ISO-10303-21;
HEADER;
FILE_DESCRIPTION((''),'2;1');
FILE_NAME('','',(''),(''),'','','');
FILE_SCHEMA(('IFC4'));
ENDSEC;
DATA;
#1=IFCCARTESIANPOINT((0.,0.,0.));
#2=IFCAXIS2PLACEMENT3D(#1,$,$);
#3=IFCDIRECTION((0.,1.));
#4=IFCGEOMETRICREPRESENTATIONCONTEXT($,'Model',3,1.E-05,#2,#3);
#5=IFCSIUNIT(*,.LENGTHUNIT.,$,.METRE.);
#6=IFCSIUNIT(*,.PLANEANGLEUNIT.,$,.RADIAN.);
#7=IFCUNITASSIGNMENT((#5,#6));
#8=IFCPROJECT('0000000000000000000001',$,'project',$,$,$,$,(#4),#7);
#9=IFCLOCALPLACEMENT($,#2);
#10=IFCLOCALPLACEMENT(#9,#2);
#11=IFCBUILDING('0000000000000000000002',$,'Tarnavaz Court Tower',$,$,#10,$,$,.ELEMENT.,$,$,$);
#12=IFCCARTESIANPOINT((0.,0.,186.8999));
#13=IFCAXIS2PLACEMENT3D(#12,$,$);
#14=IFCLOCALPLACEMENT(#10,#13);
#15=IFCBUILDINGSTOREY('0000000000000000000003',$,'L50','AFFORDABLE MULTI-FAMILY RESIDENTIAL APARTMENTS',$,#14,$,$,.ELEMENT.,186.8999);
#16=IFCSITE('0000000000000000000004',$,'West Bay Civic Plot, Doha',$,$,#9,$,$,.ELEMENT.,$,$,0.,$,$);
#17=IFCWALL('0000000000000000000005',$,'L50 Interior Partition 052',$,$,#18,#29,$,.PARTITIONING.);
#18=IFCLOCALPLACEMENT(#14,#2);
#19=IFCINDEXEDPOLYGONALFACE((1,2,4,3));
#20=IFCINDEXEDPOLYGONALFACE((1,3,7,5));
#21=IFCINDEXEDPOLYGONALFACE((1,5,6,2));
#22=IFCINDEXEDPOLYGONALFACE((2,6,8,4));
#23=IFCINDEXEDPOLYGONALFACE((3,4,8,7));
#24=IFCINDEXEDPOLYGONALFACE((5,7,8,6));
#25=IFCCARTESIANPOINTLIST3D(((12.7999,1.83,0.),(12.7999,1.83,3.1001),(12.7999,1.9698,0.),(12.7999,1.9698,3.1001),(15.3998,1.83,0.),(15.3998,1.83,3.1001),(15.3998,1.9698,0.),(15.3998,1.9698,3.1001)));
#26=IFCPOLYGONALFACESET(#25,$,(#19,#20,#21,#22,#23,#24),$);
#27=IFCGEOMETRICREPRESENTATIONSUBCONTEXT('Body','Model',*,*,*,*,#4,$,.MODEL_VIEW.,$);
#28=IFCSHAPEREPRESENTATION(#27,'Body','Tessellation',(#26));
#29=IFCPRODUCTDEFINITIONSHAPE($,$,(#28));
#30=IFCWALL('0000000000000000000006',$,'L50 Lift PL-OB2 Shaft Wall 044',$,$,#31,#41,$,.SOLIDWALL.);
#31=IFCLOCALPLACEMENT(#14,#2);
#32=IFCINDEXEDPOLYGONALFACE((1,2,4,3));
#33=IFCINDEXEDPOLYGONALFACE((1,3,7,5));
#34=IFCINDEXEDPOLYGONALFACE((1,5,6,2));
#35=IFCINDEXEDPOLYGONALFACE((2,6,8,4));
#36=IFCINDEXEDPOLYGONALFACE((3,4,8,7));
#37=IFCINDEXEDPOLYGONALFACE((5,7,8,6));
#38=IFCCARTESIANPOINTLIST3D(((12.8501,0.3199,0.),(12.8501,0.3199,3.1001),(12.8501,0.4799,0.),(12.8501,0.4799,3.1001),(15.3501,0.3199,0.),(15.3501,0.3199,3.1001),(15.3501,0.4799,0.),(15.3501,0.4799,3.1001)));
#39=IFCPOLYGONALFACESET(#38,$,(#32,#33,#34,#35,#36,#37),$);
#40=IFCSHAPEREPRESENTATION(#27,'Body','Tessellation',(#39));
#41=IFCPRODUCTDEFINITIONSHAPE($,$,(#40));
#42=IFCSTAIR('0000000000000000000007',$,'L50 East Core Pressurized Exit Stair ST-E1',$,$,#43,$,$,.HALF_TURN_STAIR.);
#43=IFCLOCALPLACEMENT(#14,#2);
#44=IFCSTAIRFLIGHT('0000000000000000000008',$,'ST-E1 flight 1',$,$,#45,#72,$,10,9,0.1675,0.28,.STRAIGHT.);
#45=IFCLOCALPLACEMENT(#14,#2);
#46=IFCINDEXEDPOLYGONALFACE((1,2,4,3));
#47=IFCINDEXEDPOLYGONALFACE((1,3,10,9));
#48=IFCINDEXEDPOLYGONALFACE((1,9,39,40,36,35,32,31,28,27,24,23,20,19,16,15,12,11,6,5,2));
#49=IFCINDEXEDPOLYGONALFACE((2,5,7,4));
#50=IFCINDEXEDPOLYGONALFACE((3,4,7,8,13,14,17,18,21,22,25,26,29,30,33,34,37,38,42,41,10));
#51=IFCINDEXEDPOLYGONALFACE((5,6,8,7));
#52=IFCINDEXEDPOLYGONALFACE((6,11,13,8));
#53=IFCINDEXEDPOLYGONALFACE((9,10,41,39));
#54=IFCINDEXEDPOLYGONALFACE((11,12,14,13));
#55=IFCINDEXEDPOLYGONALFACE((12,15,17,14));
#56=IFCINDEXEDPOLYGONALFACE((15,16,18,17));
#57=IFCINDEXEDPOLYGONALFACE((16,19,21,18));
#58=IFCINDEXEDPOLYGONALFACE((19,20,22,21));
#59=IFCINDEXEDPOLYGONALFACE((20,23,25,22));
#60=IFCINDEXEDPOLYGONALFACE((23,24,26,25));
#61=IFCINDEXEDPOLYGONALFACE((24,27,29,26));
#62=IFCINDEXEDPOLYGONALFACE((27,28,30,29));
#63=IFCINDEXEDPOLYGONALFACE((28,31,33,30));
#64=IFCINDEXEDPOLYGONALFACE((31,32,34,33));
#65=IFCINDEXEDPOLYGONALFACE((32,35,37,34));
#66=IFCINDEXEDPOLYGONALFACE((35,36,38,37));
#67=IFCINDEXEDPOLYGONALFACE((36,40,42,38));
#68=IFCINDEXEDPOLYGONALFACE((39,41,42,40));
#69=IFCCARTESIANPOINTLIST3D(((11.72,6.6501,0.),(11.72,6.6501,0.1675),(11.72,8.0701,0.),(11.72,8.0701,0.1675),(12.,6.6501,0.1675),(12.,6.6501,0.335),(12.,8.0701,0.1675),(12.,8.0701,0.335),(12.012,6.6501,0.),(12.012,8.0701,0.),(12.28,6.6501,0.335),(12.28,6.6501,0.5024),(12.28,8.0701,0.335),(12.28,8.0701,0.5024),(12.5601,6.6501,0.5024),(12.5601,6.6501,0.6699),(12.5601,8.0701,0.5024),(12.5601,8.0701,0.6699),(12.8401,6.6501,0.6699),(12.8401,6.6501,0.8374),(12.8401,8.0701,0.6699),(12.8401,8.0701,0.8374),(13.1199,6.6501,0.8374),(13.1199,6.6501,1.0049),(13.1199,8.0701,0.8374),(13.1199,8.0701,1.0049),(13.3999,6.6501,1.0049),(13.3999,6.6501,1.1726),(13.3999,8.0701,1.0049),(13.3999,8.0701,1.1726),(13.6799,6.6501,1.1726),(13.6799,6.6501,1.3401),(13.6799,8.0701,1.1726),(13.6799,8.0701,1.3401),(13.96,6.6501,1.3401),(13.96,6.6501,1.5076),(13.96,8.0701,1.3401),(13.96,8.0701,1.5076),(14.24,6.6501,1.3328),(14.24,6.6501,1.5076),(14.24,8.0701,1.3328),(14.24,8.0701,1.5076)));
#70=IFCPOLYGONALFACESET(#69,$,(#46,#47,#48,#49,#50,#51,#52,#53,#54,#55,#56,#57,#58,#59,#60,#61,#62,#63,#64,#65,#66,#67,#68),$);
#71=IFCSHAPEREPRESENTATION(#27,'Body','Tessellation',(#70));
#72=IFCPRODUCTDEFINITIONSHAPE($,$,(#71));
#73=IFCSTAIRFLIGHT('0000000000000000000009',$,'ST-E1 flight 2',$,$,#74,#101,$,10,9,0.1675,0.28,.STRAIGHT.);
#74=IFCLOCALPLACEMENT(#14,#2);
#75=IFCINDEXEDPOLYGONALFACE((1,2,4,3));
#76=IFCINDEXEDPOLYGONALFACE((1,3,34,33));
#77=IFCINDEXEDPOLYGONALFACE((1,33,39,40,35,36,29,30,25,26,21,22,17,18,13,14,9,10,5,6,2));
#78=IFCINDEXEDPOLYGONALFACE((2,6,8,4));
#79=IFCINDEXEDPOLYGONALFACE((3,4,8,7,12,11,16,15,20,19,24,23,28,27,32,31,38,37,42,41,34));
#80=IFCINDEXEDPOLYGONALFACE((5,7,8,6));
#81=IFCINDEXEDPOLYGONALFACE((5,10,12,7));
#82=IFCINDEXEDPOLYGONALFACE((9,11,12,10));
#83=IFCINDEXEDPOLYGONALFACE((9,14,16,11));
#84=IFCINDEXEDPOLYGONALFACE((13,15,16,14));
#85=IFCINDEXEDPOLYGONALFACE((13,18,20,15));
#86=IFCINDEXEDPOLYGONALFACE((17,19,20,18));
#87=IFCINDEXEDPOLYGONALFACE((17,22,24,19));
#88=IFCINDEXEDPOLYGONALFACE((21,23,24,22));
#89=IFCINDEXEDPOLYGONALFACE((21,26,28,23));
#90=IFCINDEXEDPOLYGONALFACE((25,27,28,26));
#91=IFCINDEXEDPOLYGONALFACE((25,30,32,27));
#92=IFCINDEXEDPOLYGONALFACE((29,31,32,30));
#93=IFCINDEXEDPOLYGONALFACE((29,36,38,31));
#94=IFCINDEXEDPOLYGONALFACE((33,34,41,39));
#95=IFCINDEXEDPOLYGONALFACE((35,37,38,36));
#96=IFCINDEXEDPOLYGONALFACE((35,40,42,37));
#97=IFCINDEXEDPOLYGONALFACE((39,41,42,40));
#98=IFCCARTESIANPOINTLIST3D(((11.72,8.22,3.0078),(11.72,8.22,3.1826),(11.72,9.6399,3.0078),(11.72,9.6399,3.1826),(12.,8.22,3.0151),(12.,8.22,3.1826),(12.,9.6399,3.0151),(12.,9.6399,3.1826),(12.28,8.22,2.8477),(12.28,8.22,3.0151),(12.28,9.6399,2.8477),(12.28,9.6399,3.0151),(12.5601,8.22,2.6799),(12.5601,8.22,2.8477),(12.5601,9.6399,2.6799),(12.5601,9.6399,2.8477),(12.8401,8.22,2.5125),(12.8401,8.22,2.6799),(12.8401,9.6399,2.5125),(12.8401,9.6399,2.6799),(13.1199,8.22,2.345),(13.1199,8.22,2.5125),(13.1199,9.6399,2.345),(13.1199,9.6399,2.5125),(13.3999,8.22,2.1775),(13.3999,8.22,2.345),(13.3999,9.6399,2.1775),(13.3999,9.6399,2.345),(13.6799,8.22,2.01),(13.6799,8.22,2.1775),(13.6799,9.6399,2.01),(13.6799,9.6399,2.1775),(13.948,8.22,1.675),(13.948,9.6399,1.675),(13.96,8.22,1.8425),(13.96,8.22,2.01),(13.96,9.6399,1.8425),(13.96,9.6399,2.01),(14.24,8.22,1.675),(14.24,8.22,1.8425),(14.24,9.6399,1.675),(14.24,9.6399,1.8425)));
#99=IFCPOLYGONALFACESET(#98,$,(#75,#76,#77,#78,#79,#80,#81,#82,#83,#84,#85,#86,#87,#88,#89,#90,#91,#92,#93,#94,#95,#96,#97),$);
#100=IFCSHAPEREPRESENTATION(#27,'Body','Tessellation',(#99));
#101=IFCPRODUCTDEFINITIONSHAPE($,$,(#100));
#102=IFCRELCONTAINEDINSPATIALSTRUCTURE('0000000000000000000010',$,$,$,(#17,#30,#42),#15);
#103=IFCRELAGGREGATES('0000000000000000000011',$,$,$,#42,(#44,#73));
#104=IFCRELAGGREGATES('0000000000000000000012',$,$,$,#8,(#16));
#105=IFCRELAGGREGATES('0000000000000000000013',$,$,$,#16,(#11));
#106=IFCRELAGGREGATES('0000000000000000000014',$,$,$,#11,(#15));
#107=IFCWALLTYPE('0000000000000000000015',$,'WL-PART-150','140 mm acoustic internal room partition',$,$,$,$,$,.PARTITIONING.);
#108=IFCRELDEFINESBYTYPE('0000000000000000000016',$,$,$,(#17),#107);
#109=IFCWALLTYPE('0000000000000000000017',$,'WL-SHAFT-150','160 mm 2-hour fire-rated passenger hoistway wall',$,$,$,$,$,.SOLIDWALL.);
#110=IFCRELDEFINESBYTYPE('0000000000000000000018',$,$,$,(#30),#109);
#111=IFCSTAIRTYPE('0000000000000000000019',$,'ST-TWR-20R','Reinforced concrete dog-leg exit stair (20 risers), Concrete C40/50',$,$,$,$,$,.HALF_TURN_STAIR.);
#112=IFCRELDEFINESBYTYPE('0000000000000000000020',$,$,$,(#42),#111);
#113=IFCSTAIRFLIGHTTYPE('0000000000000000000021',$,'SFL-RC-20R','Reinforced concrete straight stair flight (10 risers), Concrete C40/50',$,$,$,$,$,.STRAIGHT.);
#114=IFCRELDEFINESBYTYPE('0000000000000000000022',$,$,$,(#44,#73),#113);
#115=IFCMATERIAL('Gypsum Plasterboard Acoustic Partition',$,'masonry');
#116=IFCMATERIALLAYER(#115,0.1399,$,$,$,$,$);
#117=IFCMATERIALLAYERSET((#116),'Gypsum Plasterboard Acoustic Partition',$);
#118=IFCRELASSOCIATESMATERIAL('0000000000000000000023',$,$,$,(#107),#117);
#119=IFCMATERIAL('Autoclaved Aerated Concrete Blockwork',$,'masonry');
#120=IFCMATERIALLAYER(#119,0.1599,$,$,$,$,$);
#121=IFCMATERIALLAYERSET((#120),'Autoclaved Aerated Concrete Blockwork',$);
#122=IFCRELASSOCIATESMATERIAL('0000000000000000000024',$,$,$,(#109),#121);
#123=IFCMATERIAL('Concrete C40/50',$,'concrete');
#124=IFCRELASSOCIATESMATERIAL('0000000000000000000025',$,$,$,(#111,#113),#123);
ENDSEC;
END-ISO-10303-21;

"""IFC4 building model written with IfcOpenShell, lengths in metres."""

from ifc_helpers import new_model, si_unit, direction, frame, frame_2d, origin, place, context, subcontext, project, spatial, polyline, rectangle, outline, extrude, material, layer, layer_set, type_object, element, aggregate, save


model = new_model("IFC4")

# Units and contexts
model_context = context("Model", 3, precision=1e-05, world=origin(), true_north=direction((0.0, 1.0)))
body_context = subcontext(model_context, "Body", "Model", "MODEL_VIEW")
ifc_project = project(units=[si_unit("LENGTHUNIT", "METRE"), si_unit("PLANEANGLEUNIT", "RADIAN")], contexts=[model_context])

# Site, building, storey
site_placement = place(None, origin())
site = spatial("IfcSite", under=ifc_project, at=site_placement, Name="West Bay Civic Plot, Doha", CompositionType="ELEMENT", RefElevation=0.0)
building_placement = place(site_placement, origin())
building = spatial("IfcBuilding", under=site, at=building_placement, Name="Tarnavaz Court Tower", CompositionType="ELEMENT")
storey_placement = place(building_placement, frame((0.0, 0.0, 186.8999)))
storey = spatial("IfcBuildingStorey", under=building, at=storey_placement, Name="L50", Description="AFFORDABLE MULTI-FAMILY RESIDENTIAL APARTMENTS", CompositionType="ELEMENT", Elevation=186.8999)

# Shared definitions
ifc_material_1 = material(Name="Autoclaved Aerated Concrete Blockwork", Category="masonry")

# Walls
ifc_material_2 = material(Name="Gypsum Plasterboard Acoustic Partition", Category="masonry")
ifc_layer_1 = layer(ifc_material_2, 0.1399)
ifc_layer_set_1 = layer_set([ifc_layer_1], Name="Gypsum Plasterboard Acoustic Partition")
wall_type_1 = type_object("IfcWallType", Name="WL-PART-150", Description="140 mm acoustic internal room partition", PredefinedType="PARTITIONING", material=ifc_layer_set_1)
wall_1_placement = place(storey_placement, frame((12.8, 1.8999, 0.0), z_axis=(0.0, 0.0, 1.0), x_axis=(1.0, 0.0, 0.0)))
element("IfcWall", 1, at=wall_1_placement, inside=storey, type_object=wall_type_1, Name="L50 Interior Partition 052", PredefinedType="PARTITIONING", context=body_context, shape_type="SweptSolid", body=[
    extrude(rectangle(XDim=2.5999, YDim=0.1399, at=frame_2d((1.2998, 0.0))), origin(), (0.0, 0.0, 1.0), 3.1001),
])
ifc_layer_2 = layer(ifc_material_1, 0.1599)
ifc_layer_set_2 = layer_set([ifc_layer_2], Name="Autoclaved Aerated Concrete Blockwork")
wall_type_2 = type_object("IfcWallType", Name="WL-SHAFT-150", Description="160 mm 2-hour fire-rated passenger hoistway wall", PredefinedType="SOLIDWALL", material=ifc_layer_set_2)
wall_2_placement = place(storey_placement, frame((12.8501, 0.3999, 0.0), z_axis=(0.0, 0.0, 1.0), x_axis=(1.0, 0.0, 0.0)))
element("IfcWall", 2, at=wall_2_placement, inside=storey, type_object=wall_type_2, Name="L50 Lift PL-OB2 Shaft Wall 044", PredefinedType="SOLIDWALL", context=body_context, shape_type="SweptSolid", body=[
    extrude(rectangle(XDim=2.5, YDim=0.1599, at=frame_2d((1.25, 0.0))), origin(), (0.0, 0.0, 1.0), 3.1001),
])

# Stair, stair flights
ifc_material_3 = material(Name="Concrete C40/50", Category="concrete")
stair_type = type_object("IfcStairType", Name="ST-TWR-20R", Description="Reinforced concrete dog-leg exit stair (20 risers), Concrete C40/50", PredefinedType="HALF_TURN_STAIR", material=ifc_material_3)
stair_placement = place(storey_placement, origin())
stair = element("IfcStair", 3, at=stair_placement, inside=storey, type_object=stair_type, Name="L50 East Core Pressurized Exit Stair ST-E1", PredefinedType="HALF_TURN_STAIR")
stair_flight_type = type_object("IfcStairFlightType", Name="SFL-RC-20R", Description="Reinforced concrete straight stair flight (10 risers), Concrete C40/50", PredefinedType="STRAIGHT", material=ifc_material_3)
stair_flight_1_placement = place(storey_placement, frame((11.72, 7.3601, 0.0), z_axis=(0.0, 0.0, 1.0), x_axis=(1.0, 0.0, 0.0)))
stair_flight_1 = element("IfcStairFlight", 4, at=stair_flight_1_placement, type_object=stair_flight_type, Name="ST-E1 flight 1", NumberOfRisers=10, NumberOfTreads=9, PredefinedType="STRAIGHT", RiserHeight=0.1675, TreadLength=0.28, context=body_context, shape_type="SweptSolid", body=[
    extrude(outline(polyline([(0.0, 0.0), (0.0, 0.1675), (0.28, 0.1675), (0.28, 0.335), (0.5601, 0.335), (0.5601, 0.5024), (0.8401, 0.5024), (0.8401, 0.6699), (1.1201, 0.6699), (1.1201, 0.8374), (1.3999, 0.8374), (1.3999, 1.0049), (1.6799, 1.0049), (1.6799, 1.1726), (1.96, 1.1726), (1.96, 1.3401), (2.24, 1.3401), (2.24, 1.5076), (2.52, 1.5076), (2.52, 1.675), (2.52, 1.3328), (0.292, 0.0), (0.0, 0.0)])), frame((0.0, 0.71, 0.0), z_axis=(0.0, -1.0, 0.0), x_axis=(1.0, 0.0, 0.0)), (0.0, 0.0, 1.0), 1.4199),
])
stair_flight_2_placement = place(storey_placement, frame((14.24, 8.9299, 1.675), z_axis=(0.0, 0.0, 1.0), x_axis=(-1.0, 0.0, 0.0)))
stair_flight_2 = element("IfcStairFlight", 5, at=stair_flight_2_placement, type_object=stair_flight_type, Name="ST-E1 flight 2", NumberOfRisers=10, NumberOfTreads=9, PredefinedType="STRAIGHT", RiserHeight=0.1675, TreadLength=0.28, context=body_context, shape_type="SweptSolid", body=[
    extrude(outline(polyline([(0.0, 0.0), (0.0, 0.1675), (0.28, 0.1675), (0.28, 0.335), (0.5601, 0.335), (0.5601, 0.5024), (0.8401, 0.5024), (0.8401, 0.6699), (1.1201, 0.6699), (1.1201, 0.8374), (1.3999, 0.8374), (1.3999, 1.0049), (1.6799, 1.0049), (1.6799, 1.1726), (1.96, 1.1726), (1.96, 1.3401), (2.24, 1.3401), (2.24, 1.5076), (2.52, 1.5076), (2.52, 1.675), (2.52, 1.3328), (0.292, 0.0), (0.0, 0.0)])), frame((0.0, 0.71, 0.0), z_axis=(0.0, -1.0, 0.0), x_axis=(1.0, 0.0, 0.0)), (0.0, 0.0, 1.0), 1.4199),
])
aggregate(stair, [stair_flight_1, stair_flight_2])

save(model, "model.ifc")
